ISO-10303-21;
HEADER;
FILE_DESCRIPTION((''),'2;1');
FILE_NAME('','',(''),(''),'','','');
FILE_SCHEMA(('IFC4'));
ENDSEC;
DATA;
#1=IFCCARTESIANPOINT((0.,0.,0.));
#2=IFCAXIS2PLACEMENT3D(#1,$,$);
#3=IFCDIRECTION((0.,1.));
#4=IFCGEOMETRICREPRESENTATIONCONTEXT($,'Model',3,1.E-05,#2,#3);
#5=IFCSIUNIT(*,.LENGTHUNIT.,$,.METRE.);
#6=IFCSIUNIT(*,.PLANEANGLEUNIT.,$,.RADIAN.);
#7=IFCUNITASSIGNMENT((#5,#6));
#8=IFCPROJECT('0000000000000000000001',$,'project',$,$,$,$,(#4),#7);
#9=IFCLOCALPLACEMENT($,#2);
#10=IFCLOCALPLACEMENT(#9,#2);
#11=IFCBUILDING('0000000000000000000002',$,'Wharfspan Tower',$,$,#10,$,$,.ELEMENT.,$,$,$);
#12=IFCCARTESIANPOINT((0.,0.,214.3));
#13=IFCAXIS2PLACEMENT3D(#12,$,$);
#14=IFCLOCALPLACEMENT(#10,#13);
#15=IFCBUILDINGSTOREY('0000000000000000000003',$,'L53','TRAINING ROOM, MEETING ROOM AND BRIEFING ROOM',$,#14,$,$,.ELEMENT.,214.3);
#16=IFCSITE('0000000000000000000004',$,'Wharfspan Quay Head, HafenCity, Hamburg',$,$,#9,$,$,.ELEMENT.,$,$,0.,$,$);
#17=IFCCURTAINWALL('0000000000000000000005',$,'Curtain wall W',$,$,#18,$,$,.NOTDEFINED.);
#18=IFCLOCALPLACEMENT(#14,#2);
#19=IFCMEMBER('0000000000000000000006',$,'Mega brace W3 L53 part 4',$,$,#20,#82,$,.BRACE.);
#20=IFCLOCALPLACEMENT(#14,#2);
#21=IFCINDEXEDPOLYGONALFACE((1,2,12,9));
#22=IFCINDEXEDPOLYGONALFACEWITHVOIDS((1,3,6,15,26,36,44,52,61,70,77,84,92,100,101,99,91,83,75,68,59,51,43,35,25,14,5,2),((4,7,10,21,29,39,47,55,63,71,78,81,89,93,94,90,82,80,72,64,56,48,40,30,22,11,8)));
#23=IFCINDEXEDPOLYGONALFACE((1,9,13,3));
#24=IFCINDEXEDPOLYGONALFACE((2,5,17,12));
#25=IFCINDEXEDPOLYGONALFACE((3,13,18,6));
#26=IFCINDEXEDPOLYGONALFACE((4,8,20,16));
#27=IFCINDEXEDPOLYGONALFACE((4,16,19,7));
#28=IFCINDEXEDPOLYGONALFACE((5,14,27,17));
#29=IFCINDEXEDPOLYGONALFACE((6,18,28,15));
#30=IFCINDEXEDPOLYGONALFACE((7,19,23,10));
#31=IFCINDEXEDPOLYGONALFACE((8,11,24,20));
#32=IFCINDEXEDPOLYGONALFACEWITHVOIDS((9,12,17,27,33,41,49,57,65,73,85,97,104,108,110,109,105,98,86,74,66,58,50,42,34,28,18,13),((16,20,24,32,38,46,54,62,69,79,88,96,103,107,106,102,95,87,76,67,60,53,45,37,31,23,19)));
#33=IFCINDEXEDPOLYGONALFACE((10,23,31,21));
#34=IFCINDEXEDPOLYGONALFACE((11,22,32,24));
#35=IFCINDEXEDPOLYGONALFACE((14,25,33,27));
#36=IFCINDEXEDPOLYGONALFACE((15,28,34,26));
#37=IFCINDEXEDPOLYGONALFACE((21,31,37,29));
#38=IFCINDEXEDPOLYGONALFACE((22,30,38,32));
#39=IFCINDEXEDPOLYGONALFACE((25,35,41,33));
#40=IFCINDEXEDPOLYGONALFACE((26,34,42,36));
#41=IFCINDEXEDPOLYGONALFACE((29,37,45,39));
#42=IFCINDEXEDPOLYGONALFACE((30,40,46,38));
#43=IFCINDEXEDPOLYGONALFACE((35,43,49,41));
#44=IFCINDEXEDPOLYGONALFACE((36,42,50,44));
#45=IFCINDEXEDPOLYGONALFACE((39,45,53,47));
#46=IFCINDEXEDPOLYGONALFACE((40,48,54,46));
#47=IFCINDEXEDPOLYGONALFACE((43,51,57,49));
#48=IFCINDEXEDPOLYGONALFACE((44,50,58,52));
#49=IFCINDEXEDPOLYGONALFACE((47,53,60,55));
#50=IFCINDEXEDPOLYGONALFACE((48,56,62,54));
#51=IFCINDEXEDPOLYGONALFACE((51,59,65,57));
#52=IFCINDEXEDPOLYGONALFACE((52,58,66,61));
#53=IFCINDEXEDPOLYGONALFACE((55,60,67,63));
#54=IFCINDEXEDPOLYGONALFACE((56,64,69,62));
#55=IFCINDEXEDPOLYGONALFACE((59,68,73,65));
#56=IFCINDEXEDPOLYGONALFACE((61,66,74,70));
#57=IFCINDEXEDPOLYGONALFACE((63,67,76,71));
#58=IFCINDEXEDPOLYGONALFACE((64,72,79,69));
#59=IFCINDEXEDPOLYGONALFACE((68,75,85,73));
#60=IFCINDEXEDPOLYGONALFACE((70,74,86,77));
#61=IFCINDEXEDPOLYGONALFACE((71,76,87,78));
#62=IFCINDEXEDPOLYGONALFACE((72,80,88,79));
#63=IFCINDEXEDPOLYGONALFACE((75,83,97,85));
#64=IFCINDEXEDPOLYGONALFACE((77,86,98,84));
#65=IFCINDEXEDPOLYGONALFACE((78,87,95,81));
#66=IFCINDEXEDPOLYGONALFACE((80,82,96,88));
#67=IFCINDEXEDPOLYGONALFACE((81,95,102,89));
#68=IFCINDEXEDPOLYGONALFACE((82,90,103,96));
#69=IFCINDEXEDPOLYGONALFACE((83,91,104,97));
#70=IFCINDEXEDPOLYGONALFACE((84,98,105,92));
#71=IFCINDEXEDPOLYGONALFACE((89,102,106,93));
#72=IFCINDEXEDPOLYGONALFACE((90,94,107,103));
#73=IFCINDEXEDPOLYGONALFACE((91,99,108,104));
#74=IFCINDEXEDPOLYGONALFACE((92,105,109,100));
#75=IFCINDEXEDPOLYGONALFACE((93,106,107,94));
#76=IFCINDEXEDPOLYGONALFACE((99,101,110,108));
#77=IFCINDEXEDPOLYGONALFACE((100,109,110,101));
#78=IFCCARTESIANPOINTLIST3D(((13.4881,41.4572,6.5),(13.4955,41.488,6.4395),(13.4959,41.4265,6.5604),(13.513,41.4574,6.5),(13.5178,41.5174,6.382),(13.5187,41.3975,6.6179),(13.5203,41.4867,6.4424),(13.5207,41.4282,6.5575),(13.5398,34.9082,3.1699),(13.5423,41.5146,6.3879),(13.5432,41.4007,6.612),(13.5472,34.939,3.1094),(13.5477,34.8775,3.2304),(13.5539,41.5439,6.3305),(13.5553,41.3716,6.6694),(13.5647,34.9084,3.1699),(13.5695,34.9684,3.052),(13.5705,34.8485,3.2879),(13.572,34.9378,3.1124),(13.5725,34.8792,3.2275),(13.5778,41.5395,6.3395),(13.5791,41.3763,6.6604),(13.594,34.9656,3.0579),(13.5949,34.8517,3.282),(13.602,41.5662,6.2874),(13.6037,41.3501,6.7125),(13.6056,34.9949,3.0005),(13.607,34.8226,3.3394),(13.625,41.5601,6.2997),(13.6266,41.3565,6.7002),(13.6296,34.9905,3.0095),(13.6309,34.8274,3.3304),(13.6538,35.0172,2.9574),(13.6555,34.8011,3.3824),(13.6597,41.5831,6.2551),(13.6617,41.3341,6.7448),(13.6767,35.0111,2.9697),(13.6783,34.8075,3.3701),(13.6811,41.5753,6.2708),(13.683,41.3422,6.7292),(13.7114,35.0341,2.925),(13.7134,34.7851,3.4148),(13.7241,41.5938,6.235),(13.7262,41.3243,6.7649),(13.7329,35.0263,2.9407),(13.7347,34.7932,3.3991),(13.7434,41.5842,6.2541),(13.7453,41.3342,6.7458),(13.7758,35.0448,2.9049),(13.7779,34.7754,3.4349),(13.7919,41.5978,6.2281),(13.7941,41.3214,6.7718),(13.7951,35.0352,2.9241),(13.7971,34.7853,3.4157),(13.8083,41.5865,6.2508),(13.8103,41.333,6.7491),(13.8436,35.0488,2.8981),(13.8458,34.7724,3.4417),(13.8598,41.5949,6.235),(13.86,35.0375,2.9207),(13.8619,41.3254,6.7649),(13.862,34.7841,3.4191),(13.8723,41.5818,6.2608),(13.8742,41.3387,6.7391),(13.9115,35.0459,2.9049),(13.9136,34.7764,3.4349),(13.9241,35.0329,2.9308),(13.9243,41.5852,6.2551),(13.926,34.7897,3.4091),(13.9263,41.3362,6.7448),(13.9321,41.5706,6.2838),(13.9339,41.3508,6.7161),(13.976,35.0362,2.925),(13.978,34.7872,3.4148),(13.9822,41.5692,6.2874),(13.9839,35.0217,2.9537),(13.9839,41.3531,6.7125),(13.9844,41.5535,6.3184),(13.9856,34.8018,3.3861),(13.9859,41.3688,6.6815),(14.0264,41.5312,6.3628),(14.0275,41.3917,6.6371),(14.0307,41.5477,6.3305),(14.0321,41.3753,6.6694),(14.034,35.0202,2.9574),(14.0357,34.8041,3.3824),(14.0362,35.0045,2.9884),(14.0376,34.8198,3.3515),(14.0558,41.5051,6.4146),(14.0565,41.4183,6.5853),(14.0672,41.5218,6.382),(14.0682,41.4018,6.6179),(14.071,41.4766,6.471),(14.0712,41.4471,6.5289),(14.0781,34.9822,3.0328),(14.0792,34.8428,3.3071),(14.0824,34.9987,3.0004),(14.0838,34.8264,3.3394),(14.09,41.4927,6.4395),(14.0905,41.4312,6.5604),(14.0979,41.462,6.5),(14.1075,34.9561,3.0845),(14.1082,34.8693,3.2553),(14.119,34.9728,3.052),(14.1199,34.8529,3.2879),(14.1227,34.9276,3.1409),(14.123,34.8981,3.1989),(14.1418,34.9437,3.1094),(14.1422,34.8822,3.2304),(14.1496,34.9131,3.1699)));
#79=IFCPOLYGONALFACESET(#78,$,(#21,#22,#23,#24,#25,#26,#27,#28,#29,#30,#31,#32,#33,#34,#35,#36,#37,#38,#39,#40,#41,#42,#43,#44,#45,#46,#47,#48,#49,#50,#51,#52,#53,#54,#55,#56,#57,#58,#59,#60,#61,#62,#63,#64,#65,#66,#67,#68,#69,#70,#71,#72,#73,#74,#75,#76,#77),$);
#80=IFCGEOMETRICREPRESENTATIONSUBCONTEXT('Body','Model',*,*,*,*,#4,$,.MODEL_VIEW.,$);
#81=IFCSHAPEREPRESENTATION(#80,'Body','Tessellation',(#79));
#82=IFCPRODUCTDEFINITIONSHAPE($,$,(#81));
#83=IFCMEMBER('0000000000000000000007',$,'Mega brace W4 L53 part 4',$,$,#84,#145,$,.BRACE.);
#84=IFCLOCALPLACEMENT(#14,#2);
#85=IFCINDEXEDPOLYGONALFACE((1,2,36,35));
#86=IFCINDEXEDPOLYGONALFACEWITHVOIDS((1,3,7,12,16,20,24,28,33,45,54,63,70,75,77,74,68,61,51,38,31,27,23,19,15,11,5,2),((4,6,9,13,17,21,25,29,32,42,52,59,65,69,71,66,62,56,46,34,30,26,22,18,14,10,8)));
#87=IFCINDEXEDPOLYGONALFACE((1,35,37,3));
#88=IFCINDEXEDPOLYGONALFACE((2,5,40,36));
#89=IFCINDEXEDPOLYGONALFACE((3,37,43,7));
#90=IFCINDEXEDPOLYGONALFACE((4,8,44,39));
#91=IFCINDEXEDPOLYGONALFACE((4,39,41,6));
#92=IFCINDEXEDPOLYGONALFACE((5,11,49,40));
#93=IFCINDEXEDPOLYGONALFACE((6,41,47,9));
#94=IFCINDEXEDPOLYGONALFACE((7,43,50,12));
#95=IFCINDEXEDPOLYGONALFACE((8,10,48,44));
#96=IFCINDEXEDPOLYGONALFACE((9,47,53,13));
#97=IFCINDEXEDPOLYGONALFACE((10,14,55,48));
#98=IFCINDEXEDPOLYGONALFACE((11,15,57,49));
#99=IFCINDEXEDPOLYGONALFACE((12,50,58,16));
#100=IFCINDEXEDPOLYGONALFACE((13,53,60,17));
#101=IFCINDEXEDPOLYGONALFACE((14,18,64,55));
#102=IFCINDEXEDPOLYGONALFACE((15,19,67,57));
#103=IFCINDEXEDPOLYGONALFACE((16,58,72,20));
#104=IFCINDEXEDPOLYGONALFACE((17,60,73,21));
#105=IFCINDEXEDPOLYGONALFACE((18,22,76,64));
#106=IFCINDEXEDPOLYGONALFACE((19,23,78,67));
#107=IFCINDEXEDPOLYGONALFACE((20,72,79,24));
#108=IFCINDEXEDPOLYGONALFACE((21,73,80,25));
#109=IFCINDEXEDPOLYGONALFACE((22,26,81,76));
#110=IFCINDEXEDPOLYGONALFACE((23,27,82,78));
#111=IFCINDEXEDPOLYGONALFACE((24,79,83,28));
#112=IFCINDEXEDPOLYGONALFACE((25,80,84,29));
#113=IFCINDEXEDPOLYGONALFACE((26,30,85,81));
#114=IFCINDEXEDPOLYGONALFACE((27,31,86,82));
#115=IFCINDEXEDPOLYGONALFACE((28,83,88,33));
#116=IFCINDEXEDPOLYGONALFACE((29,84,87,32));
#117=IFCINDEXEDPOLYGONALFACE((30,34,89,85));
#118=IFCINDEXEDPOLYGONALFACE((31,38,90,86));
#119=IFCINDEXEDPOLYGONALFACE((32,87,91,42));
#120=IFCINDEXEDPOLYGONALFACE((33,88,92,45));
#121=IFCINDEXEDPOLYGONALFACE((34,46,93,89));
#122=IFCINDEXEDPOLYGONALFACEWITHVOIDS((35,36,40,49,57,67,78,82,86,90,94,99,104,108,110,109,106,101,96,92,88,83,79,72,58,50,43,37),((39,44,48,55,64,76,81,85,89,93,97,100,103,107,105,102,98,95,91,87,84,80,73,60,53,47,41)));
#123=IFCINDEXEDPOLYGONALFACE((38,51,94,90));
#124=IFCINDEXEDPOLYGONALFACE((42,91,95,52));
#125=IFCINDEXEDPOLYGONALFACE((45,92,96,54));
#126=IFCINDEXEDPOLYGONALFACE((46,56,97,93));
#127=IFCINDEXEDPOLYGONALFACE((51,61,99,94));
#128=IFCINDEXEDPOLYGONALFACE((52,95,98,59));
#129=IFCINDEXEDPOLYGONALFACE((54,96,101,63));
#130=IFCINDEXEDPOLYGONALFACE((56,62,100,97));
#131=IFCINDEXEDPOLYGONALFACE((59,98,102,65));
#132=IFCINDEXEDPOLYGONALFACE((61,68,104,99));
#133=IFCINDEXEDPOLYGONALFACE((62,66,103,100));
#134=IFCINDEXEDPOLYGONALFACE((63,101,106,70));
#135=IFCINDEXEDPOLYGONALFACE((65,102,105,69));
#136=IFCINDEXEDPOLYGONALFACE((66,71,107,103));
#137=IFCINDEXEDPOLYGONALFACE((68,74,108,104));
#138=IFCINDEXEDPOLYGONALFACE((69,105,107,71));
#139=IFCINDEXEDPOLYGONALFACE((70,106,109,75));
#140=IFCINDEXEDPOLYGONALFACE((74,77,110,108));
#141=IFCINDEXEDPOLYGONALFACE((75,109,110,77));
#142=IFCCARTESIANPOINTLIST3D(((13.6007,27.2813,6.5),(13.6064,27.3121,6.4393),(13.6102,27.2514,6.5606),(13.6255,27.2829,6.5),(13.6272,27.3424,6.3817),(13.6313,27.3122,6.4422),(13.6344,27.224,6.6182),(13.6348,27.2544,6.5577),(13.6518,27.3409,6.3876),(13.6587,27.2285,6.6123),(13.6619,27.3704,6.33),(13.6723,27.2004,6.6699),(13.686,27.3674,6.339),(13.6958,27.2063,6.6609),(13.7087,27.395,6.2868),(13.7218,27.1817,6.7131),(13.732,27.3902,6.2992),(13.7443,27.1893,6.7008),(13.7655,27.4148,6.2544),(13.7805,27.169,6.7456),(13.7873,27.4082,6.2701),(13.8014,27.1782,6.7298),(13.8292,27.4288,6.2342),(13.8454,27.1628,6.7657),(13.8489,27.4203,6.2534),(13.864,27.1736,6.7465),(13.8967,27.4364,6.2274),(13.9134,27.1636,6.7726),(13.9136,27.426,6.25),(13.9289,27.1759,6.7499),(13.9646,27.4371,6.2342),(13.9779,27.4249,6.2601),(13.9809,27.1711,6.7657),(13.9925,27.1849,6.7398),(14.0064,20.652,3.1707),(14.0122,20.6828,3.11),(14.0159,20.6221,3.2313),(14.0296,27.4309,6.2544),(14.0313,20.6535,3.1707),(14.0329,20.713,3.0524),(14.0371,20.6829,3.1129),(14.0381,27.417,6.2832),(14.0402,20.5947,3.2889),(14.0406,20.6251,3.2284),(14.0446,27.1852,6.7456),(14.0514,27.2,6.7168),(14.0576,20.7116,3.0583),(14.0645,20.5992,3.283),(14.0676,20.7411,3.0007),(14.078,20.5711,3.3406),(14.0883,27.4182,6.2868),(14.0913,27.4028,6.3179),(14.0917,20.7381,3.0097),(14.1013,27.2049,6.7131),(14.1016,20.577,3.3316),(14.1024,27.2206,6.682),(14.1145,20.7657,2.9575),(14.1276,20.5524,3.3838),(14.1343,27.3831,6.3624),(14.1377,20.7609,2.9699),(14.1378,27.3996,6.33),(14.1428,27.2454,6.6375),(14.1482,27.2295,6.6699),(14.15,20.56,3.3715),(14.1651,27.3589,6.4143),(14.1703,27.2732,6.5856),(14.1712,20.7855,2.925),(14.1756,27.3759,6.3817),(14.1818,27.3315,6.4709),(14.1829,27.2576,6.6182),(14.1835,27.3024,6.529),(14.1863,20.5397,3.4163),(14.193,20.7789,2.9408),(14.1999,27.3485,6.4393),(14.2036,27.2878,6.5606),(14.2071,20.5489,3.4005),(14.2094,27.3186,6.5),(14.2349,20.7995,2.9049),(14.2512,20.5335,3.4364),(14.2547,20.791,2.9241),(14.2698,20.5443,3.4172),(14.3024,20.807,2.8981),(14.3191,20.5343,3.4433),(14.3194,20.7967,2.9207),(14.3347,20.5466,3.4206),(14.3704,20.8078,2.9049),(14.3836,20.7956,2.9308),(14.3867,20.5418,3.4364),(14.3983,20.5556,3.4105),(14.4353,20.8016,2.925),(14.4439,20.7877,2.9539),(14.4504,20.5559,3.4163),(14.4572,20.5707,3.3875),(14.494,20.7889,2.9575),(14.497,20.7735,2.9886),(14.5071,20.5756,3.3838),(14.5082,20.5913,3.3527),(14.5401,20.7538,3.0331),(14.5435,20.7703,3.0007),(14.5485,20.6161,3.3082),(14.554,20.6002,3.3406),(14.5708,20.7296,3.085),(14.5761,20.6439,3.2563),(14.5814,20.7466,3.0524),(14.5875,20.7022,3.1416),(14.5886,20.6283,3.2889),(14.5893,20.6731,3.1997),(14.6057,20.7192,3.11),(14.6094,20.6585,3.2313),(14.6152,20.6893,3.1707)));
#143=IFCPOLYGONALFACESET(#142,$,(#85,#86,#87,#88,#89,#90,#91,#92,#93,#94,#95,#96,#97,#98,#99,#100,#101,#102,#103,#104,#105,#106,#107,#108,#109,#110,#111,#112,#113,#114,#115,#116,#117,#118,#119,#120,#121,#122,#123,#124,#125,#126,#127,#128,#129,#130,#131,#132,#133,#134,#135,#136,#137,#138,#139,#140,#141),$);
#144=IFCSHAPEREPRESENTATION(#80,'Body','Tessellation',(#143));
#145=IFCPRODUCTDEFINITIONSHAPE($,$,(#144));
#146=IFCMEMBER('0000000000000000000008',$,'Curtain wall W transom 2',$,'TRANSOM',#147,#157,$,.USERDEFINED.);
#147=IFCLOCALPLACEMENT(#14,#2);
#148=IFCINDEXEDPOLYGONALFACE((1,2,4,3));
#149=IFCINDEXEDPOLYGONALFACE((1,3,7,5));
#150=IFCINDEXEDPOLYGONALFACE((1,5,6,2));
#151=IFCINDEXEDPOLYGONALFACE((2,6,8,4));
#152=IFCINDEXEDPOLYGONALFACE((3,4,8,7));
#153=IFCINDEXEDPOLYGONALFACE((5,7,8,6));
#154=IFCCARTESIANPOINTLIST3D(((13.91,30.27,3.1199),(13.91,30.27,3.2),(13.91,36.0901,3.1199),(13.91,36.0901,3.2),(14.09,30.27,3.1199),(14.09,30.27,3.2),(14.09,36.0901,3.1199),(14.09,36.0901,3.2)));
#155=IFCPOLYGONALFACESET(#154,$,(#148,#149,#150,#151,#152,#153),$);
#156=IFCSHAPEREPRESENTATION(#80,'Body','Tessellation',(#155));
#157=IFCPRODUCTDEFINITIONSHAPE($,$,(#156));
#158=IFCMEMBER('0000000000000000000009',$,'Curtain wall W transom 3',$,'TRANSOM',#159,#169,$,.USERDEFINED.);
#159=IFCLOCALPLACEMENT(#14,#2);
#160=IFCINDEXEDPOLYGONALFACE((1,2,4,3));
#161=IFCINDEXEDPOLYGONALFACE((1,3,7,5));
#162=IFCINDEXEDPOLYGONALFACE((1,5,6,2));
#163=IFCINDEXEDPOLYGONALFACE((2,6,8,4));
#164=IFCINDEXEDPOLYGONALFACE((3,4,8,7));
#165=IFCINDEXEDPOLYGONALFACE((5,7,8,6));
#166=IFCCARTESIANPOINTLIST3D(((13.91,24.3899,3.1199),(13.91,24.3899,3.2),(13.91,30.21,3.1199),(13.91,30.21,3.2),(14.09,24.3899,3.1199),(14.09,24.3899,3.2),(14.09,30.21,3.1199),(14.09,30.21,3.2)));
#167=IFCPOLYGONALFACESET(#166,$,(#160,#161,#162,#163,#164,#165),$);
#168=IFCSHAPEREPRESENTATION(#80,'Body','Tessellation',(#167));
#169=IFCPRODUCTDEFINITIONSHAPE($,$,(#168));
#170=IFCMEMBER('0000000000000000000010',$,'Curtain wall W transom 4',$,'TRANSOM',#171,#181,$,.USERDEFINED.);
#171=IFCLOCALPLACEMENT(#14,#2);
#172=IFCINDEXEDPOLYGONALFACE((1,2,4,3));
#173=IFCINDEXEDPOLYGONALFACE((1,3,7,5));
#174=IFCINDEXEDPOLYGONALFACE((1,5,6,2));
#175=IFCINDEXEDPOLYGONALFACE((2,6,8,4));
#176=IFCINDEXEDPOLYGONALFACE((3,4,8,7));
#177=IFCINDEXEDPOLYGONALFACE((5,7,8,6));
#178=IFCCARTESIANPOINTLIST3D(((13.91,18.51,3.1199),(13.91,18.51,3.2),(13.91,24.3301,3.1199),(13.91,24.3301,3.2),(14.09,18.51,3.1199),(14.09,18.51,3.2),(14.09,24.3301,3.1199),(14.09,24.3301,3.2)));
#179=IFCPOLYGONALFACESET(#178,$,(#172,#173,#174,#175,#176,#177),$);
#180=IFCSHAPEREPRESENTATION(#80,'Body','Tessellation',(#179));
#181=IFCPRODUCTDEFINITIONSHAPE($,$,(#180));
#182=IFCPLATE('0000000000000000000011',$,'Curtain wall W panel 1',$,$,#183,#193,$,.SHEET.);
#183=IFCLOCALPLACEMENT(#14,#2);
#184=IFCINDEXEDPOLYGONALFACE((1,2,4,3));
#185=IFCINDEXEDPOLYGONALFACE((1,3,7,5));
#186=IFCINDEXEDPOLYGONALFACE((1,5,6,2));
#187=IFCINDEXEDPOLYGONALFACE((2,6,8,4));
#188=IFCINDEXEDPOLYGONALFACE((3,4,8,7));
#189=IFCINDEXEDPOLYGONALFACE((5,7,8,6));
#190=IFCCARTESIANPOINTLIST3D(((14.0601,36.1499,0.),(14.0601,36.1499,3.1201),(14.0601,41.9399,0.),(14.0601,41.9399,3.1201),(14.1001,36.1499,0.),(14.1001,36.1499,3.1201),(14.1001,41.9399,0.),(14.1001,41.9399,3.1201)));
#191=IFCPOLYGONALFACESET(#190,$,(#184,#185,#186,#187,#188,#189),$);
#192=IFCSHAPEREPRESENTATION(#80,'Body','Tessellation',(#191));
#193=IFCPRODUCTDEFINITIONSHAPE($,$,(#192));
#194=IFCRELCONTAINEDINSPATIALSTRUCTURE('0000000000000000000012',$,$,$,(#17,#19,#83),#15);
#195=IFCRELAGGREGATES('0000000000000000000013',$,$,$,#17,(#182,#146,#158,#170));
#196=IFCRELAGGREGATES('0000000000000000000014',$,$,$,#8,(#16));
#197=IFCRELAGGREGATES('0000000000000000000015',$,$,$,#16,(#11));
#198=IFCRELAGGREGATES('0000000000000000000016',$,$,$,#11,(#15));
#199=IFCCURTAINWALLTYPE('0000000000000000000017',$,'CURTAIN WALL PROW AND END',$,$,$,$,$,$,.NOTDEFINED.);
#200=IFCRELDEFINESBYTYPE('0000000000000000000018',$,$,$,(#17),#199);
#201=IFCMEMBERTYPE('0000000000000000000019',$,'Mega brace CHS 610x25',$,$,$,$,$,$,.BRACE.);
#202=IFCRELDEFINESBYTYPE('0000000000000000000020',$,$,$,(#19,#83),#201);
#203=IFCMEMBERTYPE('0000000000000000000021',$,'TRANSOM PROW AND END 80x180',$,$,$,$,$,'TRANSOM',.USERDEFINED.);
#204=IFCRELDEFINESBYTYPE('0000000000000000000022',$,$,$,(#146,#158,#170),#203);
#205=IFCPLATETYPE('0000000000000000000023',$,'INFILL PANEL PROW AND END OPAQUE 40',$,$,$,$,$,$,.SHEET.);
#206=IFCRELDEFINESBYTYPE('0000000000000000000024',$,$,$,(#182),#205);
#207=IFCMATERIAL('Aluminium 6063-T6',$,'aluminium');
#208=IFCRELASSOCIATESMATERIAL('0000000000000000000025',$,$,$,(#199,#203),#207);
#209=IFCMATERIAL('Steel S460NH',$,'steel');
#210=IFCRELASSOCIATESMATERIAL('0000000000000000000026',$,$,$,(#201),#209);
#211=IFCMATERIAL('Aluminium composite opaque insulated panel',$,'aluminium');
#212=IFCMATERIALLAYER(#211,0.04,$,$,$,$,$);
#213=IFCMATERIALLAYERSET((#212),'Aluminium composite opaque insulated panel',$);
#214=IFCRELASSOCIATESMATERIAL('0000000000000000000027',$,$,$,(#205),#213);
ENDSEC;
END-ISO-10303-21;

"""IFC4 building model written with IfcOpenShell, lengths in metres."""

from ifc_helpers import new_model, si_unit, direction, frame, origin, origin_2d, place, context, subcontext, project, spatial, rectangle, hollow_circle, extrude, material, layer, layer_set, material_profile, profile_set, type_object, element, aggregate, save


model = new_model("IFC4")

# Units and contexts
model_context = context("Model", 3, precision=1e-05, world=origin(), true_north=direction((0.0, 1.0)))
body_context = subcontext(model_context, "Body", "Model", "MODEL_VIEW")
ifc_project = project(units=[si_unit("LENGTHUNIT", "METRE"), si_unit("PLANEANGLEUNIT", "RADIAN")], contexts=[model_context])

# Site, building, storey
site_placement = place(None, origin())
site = spatial("IfcSite", under=ifc_project, at=site_placement, Name="Wharfspan Quay Head, HafenCity, Hamburg", CompositionType="ELEMENT", RefElevation=0.0)
building_placement = place(site_placement, origin())
building = spatial("IfcBuilding", under=site, at=building_placement, Name="Wharfspan Tower", CompositionType="ELEMENT")
storey_placement = place(building_placement, frame((0.0, 0.0, 214.3)))
storey = spatial("IfcBuildingStorey", under=building, at=storey_placement, Name="L53", Description="TRAINING ROOM, MEETING ROOM AND BRIEFING ROOM", CompositionType="ELEMENT", Elevation=214.3)

# Curtain wall
ifc_material_1 = material(Name="Aluminium 6063-T6", Category="aluminium")
curtain_wall_type = type_object("IfcCurtainWallType", Name="CURTAIN WALL PROW AND END", PredefinedType="NOTDEFINED", material=ifc_material_1)
curtain_wall_placement = place(storey_placement, origin())
curtain_wall = element("IfcCurtainWall", 1, at=curtain_wall_placement, inside=storey, type_object=curtain_wall_type, Name="Curtain wall W", PredefinedType="NOTDEFINED")

# Members
ifc_material_2 = material(Name="Steel S460NH", Category="steel")
ifc_material_profile_1 = material_profile(ifc_material_2, hollow_circle(Radius=0.3049, WallThickness=0.0249, at=origin_2d()))
ifc_profile_set_1 = profile_set([ifc_material_profile_1], Name="Steel S460NH")
member_type_1 = type_object("IfcMemberType", Name="Mega brace CHS 610x25", PredefinedType="BRACE", material=ifc_profile_set_1)
for number, where, z_axis, x_axis, name in (
    (2, (13.8447, 34.9106, 3.1699), (-0.007044, 0.891361, 0.45324), (-0.999973, -0.007904, 0.000003), "Mega brace W3 L53 part 4"),
):
    element("IfcMember", number, at=place(storey_placement, frame(where, z_axis=z_axis, x_axis=x_axis)), inside=storey, type_object=member_type_1, Name=name, PredefinedType="BRACE", context=body_context, shape_type="SweptSolid", body=[
        extrude(hollow_circle(Radius=0.3049, WallThickness=0.0249, at=origin_2d()), origin(), (0.0, 0.0, 1.0), 7.3472),
    ])
member_1_placement = place(storey_placement, frame((14.3108, 20.6707, 3.1707), z_axis=(-0.054615, 0.892302, 0.448123), x_axis=(-0.998132, -0.061091, -0.000003)))
element("IfcMember", 3, at=member_1_placement, inside=storey, type_object=member_type_1, Name="Mega brace W4 L53 part 4", PredefinedType="BRACE", context=body_context, shape_type="SweptSolid", body=[
    extrude(hollow_circle(Radius=0.3049, WallThickness=0.0249, at=origin_2d()), origin(), (0.0, 0.0, 1.0), 7.4294),
])

# Members
ifc_material_profile_2 = material_profile(ifc_material_1, rectangle(XDim=0.1799, YDim=0.0801, at=origin_2d()))
ifc_profile_set_2 = profile_set([ifc_material_profile_2], Name="Aluminium 6063-T6")
member_type_2 = type_object("IfcMemberType", Name="TRANSOM PROW AND END 80x180", ElementType="TRANSOM", PredefinedType="USERDEFINED", material=ifc_profile_set_2)
member_2_placement = place(storey_placement, frame((14.0, 36.0901, 3.1599), z_axis=(0.0, -1.0, 0.0), x_axis=(1.0, 0.0, 0.0)))
member_2 = element("IfcMember", 4, at=member_2_placement, type_object=member_type_2, Name="Curtain wall W transom 2", ObjectType="TRANSOM", PredefinedType="USERDEFINED", context=body_context, shape_type="SweptSolid", body=[
    extrude(rectangle(XDim=0.1799, YDim=0.0801, at=origin_2d()), origin(), (0.0, 0.0, 1.0), 5.8201),
])
member_3_placement = place(storey_placement, frame((14.0, 30.21, 3.1599), z_axis=(0.0, -1.0, 0.0), x_axis=(1.0, 0.0, 0.0)))
member_3 = element("IfcMember", 5, at=member_3_placement, type_object=member_type_2, Name="Curtain wall W transom 3", ObjectType="TRANSOM", PredefinedType="USERDEFINED", context=body_context, shape_type="SweptSolid", body=[
    extrude(rectangle(XDim=0.1799, YDim=0.0801, at=origin_2d()), origin(), (0.0, 0.0, 1.0), 5.8201),
])
member_4_placement = place(storey_placement, frame((14.0, 24.3301, 3.1599), z_axis=(0.0, -1.0, 0.0), x_axis=(1.0, 0.0, 0.0)))
member_4 = element("IfcMember", 6, at=member_4_placement, type_object=member_type_2, Name="Curtain wall W transom 4", ObjectType="TRANSOM", PredefinedType="USERDEFINED", context=body_context, shape_type="SweptSolid", body=[
    extrude(rectangle(XDim=0.1799, YDim=0.0801, at=origin_2d()), origin(), (0.0, 0.0, 1.0), 5.8201),
])

# Plate
ifc_material_3 = material(Name="Aluminium composite opaque insulated panel", Category="aluminium")
ifc_layer_1 = layer(ifc_material_3, 0.04)
ifc_layer_set_1 = layer_set([ifc_layer_1], Name="Aluminium composite opaque insulated panel")
plate_type = type_object("IfcPlateType", Name="INFILL PANEL PROW AND END OPAQUE 40", PredefinedType="SHEET", material=ifc_layer_set_1)
plate_1_placement = place(storey_placement, frame((14.0801, 39.0449, 0.0), z_axis=(0.0, 0.0, 1.0), x_axis=(0.0, -1.0, 0.0)))
plate_1 = element("IfcPlate", 7, at=plate_1_placement, type_object=plate_type, Name="Curtain wall W panel 1", PredefinedType="SHEET", context=body_context, shape_type="SweptSolid", body=[
    extrude(rectangle(XDim=5.79, YDim=0.04, at=origin_2d()), origin(), (0.0, 0.0, 1.0), 3.1201),
])
aggregate(curtain_wall, [plate_1, member_2, member_3, member_4])

save(model, "model.ifc")
